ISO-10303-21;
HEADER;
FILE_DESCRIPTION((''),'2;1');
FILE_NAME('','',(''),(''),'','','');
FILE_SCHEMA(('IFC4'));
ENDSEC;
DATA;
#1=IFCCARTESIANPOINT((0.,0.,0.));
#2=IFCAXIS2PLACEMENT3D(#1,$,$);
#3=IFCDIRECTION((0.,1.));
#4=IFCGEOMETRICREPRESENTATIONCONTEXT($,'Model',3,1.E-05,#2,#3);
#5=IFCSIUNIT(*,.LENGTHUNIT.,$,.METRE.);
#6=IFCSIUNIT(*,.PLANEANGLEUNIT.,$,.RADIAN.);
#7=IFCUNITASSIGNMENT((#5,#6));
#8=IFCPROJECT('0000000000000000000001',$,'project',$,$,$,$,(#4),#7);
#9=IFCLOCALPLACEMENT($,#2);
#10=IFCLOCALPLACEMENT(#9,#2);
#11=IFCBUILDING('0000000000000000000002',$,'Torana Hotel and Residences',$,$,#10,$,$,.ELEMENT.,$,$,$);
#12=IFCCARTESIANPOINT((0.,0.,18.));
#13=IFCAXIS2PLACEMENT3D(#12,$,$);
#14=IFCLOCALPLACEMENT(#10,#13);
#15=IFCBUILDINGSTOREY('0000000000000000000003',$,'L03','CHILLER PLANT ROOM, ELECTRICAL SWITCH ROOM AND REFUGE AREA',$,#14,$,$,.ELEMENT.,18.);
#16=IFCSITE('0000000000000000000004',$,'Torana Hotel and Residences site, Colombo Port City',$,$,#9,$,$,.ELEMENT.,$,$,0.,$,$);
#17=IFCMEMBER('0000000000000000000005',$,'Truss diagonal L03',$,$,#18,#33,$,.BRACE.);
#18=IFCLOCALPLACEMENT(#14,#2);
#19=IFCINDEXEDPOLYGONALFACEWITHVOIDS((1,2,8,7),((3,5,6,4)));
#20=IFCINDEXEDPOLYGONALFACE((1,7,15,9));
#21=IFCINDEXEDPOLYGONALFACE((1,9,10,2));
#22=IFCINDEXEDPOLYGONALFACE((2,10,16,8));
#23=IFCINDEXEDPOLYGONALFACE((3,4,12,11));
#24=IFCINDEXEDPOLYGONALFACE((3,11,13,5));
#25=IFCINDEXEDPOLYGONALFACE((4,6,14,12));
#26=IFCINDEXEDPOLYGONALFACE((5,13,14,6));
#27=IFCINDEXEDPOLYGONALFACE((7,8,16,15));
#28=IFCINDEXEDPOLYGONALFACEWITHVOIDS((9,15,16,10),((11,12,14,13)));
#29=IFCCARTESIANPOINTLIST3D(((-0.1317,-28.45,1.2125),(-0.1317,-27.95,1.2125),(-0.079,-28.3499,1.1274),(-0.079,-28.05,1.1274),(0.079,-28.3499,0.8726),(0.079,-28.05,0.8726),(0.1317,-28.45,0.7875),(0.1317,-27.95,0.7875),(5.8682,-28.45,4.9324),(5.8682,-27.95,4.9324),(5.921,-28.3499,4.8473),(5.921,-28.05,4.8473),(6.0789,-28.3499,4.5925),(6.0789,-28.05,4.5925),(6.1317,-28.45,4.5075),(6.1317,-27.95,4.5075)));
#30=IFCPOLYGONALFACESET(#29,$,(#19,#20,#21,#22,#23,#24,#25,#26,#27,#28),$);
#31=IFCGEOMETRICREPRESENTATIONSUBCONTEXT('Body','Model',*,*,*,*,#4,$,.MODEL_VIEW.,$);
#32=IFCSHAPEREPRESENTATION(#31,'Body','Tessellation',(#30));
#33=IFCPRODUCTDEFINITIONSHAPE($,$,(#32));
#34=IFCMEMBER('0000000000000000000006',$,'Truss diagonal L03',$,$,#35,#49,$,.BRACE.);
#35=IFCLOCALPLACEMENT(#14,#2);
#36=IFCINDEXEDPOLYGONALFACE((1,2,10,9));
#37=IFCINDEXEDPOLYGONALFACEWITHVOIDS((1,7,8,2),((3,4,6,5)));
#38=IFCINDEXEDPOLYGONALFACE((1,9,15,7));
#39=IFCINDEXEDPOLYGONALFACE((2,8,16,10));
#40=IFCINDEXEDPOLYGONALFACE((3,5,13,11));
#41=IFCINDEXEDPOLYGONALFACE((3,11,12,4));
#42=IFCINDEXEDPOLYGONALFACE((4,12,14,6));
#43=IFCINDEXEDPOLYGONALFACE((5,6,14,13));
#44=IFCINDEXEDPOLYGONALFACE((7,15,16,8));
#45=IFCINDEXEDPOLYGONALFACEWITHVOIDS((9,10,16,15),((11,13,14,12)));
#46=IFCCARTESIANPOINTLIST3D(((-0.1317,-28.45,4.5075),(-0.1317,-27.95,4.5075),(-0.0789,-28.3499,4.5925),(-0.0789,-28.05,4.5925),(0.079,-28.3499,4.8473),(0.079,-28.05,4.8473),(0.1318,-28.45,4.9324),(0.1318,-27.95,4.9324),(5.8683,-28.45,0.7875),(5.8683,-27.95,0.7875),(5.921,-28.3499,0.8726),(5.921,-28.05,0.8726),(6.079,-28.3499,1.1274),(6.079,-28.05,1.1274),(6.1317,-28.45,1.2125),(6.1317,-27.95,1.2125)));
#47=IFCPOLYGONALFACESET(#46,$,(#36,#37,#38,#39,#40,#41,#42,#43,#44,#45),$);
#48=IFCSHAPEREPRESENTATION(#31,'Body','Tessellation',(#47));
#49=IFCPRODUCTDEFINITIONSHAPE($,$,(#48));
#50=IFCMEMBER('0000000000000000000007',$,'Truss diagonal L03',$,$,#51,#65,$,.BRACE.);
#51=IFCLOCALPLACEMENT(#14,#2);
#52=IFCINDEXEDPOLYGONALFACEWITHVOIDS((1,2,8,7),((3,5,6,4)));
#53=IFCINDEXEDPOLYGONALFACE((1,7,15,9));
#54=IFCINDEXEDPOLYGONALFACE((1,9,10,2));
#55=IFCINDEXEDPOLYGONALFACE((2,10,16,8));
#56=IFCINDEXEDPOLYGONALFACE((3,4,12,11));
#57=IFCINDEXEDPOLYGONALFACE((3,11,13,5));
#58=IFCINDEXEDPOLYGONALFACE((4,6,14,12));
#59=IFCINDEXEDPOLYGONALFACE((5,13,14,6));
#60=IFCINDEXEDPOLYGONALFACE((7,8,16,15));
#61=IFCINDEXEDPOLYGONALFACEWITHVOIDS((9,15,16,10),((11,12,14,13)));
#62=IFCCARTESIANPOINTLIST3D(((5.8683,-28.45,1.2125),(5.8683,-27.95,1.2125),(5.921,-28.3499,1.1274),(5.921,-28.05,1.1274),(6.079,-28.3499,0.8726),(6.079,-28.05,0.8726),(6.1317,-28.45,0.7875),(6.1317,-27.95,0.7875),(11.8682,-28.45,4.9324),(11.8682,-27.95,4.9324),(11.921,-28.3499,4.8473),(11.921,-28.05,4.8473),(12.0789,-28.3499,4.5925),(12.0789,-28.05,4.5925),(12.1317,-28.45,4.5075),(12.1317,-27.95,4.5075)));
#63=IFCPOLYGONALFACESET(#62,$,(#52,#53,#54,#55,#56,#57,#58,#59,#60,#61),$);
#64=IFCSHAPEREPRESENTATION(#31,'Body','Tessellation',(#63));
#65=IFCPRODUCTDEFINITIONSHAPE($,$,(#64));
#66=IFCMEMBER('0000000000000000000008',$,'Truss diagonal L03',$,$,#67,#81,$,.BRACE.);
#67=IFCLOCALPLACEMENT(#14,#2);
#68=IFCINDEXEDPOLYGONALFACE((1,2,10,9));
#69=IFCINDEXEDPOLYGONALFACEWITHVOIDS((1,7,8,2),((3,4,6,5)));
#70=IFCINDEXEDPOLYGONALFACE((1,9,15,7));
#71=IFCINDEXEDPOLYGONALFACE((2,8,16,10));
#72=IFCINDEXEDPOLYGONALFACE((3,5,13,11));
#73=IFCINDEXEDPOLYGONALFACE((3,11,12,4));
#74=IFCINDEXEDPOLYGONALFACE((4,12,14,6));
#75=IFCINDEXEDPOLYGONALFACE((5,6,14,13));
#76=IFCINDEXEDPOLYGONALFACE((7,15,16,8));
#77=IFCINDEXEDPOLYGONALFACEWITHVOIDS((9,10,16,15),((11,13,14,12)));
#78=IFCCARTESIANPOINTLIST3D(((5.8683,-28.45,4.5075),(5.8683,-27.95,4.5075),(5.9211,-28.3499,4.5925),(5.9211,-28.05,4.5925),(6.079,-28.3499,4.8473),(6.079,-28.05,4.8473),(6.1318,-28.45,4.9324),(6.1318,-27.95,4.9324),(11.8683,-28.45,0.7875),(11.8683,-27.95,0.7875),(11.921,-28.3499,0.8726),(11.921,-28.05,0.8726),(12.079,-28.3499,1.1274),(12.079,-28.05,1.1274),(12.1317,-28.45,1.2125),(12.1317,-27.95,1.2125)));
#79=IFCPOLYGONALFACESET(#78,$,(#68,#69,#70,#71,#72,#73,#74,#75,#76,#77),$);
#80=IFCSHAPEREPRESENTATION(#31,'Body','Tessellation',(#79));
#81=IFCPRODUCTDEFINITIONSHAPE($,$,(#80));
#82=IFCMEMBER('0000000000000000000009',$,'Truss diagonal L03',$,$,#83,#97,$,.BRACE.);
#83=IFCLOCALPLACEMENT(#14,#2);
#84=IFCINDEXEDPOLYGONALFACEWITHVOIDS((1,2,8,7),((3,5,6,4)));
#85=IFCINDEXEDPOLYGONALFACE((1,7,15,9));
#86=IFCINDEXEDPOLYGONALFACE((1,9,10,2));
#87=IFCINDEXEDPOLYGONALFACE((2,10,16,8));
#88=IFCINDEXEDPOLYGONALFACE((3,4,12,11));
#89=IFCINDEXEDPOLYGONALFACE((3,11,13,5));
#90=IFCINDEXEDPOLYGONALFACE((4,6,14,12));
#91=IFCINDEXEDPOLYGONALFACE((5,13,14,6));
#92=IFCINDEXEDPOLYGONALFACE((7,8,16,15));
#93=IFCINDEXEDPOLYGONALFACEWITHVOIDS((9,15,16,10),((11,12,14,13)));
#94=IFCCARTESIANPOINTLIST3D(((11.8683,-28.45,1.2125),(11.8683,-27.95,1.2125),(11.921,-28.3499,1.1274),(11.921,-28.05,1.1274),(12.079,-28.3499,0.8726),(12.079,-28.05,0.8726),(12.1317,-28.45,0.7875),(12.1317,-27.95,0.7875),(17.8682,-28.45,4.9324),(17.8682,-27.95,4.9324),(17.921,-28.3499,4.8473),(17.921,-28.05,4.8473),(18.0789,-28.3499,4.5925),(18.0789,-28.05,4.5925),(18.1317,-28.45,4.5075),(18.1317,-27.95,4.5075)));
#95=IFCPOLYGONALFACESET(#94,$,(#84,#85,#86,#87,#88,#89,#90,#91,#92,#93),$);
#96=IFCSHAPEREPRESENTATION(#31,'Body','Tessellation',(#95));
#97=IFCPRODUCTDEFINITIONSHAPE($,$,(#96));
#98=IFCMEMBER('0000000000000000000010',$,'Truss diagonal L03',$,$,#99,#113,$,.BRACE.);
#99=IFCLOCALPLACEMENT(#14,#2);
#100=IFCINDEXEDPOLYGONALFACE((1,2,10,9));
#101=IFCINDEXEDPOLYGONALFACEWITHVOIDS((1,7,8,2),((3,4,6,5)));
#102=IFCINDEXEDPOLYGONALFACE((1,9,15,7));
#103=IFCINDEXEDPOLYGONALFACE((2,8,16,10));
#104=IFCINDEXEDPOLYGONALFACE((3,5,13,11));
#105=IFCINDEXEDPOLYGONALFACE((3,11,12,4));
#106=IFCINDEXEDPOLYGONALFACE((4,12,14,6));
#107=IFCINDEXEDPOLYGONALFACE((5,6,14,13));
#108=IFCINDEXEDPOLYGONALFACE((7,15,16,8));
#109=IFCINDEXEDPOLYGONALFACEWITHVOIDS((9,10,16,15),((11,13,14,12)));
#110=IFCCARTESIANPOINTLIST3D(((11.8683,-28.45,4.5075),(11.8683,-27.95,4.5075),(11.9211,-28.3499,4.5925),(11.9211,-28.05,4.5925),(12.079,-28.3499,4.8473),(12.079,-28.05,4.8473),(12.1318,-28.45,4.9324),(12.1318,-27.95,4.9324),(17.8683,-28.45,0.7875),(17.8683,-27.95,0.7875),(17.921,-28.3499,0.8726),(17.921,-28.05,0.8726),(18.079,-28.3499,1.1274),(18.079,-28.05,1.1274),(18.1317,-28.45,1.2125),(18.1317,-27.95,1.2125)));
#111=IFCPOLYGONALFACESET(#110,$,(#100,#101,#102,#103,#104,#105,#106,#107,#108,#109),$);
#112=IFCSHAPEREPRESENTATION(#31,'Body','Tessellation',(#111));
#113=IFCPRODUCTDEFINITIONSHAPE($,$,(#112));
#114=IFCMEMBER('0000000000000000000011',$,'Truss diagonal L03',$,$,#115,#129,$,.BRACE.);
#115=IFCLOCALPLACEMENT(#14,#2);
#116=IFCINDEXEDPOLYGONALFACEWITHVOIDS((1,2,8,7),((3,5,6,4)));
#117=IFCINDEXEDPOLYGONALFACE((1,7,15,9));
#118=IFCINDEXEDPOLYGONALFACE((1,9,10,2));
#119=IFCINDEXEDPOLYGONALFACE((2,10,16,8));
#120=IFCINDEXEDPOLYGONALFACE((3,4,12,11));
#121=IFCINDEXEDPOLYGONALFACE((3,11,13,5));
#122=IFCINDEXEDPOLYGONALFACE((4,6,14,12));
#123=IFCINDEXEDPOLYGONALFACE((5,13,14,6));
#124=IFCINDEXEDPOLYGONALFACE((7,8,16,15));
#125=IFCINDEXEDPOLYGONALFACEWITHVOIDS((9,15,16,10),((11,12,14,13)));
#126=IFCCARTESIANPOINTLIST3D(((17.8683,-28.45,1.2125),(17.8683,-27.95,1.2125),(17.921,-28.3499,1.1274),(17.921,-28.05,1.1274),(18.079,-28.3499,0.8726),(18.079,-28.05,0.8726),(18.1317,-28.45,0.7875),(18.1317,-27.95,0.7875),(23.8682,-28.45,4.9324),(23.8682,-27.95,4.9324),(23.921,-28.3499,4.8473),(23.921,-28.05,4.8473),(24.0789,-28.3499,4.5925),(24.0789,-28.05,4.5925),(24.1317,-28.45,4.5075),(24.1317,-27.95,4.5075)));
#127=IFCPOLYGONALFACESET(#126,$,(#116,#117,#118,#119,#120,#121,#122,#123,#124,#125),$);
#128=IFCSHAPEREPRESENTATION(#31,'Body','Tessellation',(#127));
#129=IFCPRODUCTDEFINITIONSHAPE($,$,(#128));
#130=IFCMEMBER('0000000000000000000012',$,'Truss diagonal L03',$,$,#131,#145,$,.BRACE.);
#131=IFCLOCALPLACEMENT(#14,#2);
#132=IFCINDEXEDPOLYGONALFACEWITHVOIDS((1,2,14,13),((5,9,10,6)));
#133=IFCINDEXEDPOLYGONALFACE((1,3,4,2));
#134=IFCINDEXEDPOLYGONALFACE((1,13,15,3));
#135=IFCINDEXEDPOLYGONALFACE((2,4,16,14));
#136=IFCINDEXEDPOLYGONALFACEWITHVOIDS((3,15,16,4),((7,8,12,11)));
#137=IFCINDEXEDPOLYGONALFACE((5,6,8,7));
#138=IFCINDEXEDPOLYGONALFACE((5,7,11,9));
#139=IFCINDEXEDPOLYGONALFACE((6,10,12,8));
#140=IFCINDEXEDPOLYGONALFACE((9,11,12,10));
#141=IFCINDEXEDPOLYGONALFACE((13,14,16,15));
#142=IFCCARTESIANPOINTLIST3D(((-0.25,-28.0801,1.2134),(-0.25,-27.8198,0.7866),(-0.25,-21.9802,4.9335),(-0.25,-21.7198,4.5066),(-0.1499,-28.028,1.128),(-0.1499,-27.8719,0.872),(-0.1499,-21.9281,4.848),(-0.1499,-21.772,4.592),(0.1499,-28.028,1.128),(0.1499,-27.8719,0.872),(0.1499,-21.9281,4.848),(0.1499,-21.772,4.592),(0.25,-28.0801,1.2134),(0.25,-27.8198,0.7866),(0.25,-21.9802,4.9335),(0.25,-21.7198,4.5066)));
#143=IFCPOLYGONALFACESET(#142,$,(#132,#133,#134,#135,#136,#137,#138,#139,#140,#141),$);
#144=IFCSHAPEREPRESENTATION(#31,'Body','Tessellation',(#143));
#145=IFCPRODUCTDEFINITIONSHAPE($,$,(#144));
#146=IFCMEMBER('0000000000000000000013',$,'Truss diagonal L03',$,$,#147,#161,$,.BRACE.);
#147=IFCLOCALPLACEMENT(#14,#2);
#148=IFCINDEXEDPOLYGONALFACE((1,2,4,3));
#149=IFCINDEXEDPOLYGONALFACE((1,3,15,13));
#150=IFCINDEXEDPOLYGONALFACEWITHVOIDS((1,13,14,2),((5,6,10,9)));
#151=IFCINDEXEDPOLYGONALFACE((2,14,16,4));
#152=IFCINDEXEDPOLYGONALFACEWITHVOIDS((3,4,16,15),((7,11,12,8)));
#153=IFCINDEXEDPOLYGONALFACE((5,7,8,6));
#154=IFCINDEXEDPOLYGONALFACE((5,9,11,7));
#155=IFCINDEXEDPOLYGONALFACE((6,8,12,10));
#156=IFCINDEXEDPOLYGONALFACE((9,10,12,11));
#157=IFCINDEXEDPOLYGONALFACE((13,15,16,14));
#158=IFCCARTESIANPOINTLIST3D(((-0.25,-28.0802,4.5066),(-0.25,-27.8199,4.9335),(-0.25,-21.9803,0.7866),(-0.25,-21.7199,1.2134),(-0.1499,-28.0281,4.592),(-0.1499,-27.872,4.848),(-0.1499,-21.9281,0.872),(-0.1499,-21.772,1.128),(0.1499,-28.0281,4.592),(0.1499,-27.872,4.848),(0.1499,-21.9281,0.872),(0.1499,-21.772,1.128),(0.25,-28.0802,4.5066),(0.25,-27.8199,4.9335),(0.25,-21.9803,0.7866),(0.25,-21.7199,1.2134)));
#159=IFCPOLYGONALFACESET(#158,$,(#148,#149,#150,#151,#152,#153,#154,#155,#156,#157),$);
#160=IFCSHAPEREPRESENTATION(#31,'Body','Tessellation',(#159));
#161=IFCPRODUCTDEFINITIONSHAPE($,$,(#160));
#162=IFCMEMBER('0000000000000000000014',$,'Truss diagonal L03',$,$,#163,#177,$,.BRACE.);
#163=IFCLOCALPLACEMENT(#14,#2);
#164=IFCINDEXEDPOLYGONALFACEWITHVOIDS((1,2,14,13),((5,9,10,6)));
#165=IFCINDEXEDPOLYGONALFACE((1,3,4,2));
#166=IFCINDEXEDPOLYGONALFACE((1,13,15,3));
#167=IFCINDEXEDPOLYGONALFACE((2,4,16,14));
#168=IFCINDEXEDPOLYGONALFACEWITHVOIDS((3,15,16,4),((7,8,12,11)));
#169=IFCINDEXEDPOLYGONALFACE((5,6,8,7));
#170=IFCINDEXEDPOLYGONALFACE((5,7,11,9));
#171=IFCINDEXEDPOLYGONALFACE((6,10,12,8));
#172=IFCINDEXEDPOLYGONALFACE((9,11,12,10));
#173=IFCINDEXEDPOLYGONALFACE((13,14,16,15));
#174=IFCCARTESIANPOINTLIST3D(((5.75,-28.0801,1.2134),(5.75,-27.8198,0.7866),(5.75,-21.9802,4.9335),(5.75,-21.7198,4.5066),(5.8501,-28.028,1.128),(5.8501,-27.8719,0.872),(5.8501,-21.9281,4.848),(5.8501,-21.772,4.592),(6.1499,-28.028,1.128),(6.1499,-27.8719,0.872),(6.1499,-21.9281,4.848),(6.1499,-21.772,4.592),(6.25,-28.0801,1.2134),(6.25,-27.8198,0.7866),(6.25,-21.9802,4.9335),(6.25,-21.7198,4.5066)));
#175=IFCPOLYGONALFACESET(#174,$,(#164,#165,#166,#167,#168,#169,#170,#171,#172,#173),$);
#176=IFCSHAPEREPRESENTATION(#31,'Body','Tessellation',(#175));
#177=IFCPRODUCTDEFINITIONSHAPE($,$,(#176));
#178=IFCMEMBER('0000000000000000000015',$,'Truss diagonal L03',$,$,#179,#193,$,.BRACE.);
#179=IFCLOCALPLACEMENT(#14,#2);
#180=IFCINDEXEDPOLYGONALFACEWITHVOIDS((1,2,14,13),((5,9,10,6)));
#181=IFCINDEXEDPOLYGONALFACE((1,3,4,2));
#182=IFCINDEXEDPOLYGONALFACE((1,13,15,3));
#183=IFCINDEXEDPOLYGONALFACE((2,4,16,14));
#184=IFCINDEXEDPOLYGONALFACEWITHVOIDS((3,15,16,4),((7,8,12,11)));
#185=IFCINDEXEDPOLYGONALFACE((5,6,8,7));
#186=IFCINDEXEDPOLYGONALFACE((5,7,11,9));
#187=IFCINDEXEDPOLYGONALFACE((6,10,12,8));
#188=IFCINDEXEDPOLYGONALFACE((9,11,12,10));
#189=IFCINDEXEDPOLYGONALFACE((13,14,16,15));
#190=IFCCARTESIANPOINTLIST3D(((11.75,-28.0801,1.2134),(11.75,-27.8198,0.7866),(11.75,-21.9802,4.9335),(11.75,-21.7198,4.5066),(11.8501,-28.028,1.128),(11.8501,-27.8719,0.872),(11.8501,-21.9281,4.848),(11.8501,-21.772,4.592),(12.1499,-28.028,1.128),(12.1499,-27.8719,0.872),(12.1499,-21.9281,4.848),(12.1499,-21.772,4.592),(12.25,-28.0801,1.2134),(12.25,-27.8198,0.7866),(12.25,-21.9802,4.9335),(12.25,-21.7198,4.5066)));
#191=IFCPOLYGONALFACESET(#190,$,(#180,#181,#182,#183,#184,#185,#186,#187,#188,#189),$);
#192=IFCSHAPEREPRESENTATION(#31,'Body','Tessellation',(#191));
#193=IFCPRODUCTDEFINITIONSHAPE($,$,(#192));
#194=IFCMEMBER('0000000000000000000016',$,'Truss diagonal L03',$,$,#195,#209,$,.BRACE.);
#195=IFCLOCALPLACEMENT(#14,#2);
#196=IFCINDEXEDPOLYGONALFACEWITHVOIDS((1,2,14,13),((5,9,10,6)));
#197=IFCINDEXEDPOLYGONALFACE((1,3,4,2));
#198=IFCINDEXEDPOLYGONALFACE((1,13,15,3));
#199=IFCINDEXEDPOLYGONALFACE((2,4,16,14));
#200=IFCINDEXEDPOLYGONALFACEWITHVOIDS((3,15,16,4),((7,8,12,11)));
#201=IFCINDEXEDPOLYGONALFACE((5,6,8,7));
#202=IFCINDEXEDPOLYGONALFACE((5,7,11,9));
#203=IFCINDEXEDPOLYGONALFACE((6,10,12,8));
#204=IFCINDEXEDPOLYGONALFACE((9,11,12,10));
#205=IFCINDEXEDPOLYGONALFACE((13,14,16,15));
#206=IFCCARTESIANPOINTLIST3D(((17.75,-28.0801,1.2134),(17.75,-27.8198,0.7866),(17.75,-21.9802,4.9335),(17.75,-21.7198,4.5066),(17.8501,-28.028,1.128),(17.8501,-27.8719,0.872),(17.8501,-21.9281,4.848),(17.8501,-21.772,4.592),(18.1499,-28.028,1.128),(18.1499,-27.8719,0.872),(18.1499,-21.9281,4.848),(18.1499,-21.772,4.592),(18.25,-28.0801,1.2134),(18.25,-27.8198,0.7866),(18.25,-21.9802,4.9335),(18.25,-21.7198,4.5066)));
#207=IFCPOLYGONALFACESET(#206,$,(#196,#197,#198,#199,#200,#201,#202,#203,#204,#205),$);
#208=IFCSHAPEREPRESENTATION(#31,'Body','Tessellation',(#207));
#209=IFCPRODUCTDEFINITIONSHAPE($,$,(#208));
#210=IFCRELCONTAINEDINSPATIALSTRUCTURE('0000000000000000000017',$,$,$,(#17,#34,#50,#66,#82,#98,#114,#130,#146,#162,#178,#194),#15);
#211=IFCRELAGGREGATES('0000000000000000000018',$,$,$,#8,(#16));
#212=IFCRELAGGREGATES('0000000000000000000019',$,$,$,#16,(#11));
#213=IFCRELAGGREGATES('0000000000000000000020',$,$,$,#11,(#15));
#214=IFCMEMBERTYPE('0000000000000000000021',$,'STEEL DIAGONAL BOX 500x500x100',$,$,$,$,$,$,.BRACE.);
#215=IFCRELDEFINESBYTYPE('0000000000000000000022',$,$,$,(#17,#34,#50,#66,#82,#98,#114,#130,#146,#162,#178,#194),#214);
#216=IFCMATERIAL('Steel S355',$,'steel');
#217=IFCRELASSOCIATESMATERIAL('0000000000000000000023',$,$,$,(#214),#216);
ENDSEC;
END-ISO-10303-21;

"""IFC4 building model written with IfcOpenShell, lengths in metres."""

from ifc_helpers import new_model, si_unit, direction, frame, origin, origin_2d, place, context, subcontext, project, spatial, hollow_rectangle, extrude, material, material_profile, profile_set, type_object, element, save


model = new_model("IFC4")

# Units and contexts
model_context = context("Model", 3, precision=1e-05, world=origin(), true_north=direction((0.0, 1.0)))
body_context = subcontext(model_context, "Body", "Model", "MODEL_VIEW")
ifc_project = project(units=[si_unit("LENGTHUNIT", "METRE"), si_unit("PLANEANGLEUNIT", "RADIAN")], contexts=[model_context])

# Site, building, storey
site_placement = place(None, origin())
site = spatial("IfcSite", under=ifc_project, at=site_placement, Name="Torana Hotel and Residences site, Colombo Port City", CompositionType="ELEMENT", RefElevation=0.0)
building_placement = place(site_placement, origin())
building = spatial("IfcBuilding", under=site, at=building_placement, Name="Torana Hotel and Residences", CompositionType="ELEMENT")
storey_placement = place(building_placement, frame((0.0, 0.0, 18.0)))
storey = spatial("IfcBuildingStorey", under=building, at=storey_placement, Name="L03", Description="CHILLER PLANT ROOM, ELECTRICAL SWITCH ROOM AND REFUGE AREA", CompositionType="ELEMENT", Elevation=18.0)

# Members
ifc_material_1 = material(Name="Steel S355", Category="steel")
ifc_material_profile_1 = material_profile(ifc_material_1, hollow_rectangle(XDim=0.5, YDim=0.5, WallThickness=0.1001, at=origin_2d()), Name="BOX 500x500x100")
ifc_profile_set_1 = profile_set([ifc_material_profile_1], Name="Steel S355")
member_type_1 = type_object("IfcMemberType", Name="STEEL DIAGONAL BOX 500x500x100", PredefinedType="BRACE", material=ifc_profile_set_1)
for number, where, z_axis, x_axis, name in (
    (1, (0.0, -28.2, 1.0), (0.849905, 0.0, 0.526937), (0.0, 1.0, 0.0), "Truss diagonal L03"),
    (2, (6.0, -28.2, 1.0), (-0.849905, 0.0, 0.526937), (0.0, -1.0, 0.0), "Truss diagonal L03"),
    (3, (6.0, -28.2, 1.0), (0.849905, 0.0, 0.526937), (0.0, 1.0, 0.0), "Truss diagonal L03"),
    (4, (12.0, -28.2, 1.0), (-0.849905, 0.0, 0.526937), (0.0, -1.0, 0.0), "Truss diagonal L03"),
    (5, (12.0, -28.2, 1.0), (0.849905, 0.0, 0.526937), (0.0, 1.0, 0.0), "Truss diagonal L03"),
    (6, (18.0, -28.2, 1.0), (-0.849905, 0.0, 0.526937), (0.0, -1.0, 0.0), "Truss diagonal L03"),
    (7, (18.0, -28.2, 1.0), (0.849905, 0.0, 0.526937), (0.0, 1.0, 0.0), "Truss diagonal L03"),
):
    element("IfcMember", number, at=place(storey_placement, frame(where, z_axis=z_axis, x_axis=x_axis)), inside=storey, type_object=member_type_1, Name=name, PredefinedType="BRACE", context=body_context, shape_type="SweptSolid", body=[
        extrude(hollow_rectangle(XDim=0.5, YDim=0.5, WallThickness=0.1001, at=origin_2d()), origin(), (0.0, 0.0, 1.0), 7.0596),
    ])
for number, where, z_axis, x_axis, name in (
    (8, (0.0, -27.95, 1.0), (0.0, 0.853762, 0.520663), (-1.0, 0.0, 0.0), "Truss diagonal L03"),
    (9, (0.0, -21.8501, 1.0), (0.0, -0.853762, 0.520663), (1.0, 0.0, 0.0), "Truss diagonal L03"),
    (10, (6.0, -27.95, 1.0), (0.0, 0.853762, 0.520663), (-1.0, 0.0, 0.0), "Truss diagonal L03"),
    (11, (12.0, -27.95, 1.0), (0.0, 0.853762, 0.520663), (-1.0, 0.0, 0.0), "Truss diagonal L03"),
    (12, (18.0, -27.95, 1.0), (0.0, 0.853762, 0.520663), (-1.0, 0.0, 0.0), "Truss diagonal L03"),
):
    element("IfcMember", number, at=place(storey_placement, frame(where, z_axis=z_axis, x_axis=x_axis)), inside=storey, type_object=member_type_1, Name=name, PredefinedType="BRACE", context=body_context, shape_type="SweptSolid", body=[
        extrude(hollow_rectangle(XDim=0.5, YDim=0.5, WallThickness=0.1001, at=origin_2d()), origin(), (0.0, 0.0, 1.0), 7.1448),
    ])

save(model, "model.ifc")
